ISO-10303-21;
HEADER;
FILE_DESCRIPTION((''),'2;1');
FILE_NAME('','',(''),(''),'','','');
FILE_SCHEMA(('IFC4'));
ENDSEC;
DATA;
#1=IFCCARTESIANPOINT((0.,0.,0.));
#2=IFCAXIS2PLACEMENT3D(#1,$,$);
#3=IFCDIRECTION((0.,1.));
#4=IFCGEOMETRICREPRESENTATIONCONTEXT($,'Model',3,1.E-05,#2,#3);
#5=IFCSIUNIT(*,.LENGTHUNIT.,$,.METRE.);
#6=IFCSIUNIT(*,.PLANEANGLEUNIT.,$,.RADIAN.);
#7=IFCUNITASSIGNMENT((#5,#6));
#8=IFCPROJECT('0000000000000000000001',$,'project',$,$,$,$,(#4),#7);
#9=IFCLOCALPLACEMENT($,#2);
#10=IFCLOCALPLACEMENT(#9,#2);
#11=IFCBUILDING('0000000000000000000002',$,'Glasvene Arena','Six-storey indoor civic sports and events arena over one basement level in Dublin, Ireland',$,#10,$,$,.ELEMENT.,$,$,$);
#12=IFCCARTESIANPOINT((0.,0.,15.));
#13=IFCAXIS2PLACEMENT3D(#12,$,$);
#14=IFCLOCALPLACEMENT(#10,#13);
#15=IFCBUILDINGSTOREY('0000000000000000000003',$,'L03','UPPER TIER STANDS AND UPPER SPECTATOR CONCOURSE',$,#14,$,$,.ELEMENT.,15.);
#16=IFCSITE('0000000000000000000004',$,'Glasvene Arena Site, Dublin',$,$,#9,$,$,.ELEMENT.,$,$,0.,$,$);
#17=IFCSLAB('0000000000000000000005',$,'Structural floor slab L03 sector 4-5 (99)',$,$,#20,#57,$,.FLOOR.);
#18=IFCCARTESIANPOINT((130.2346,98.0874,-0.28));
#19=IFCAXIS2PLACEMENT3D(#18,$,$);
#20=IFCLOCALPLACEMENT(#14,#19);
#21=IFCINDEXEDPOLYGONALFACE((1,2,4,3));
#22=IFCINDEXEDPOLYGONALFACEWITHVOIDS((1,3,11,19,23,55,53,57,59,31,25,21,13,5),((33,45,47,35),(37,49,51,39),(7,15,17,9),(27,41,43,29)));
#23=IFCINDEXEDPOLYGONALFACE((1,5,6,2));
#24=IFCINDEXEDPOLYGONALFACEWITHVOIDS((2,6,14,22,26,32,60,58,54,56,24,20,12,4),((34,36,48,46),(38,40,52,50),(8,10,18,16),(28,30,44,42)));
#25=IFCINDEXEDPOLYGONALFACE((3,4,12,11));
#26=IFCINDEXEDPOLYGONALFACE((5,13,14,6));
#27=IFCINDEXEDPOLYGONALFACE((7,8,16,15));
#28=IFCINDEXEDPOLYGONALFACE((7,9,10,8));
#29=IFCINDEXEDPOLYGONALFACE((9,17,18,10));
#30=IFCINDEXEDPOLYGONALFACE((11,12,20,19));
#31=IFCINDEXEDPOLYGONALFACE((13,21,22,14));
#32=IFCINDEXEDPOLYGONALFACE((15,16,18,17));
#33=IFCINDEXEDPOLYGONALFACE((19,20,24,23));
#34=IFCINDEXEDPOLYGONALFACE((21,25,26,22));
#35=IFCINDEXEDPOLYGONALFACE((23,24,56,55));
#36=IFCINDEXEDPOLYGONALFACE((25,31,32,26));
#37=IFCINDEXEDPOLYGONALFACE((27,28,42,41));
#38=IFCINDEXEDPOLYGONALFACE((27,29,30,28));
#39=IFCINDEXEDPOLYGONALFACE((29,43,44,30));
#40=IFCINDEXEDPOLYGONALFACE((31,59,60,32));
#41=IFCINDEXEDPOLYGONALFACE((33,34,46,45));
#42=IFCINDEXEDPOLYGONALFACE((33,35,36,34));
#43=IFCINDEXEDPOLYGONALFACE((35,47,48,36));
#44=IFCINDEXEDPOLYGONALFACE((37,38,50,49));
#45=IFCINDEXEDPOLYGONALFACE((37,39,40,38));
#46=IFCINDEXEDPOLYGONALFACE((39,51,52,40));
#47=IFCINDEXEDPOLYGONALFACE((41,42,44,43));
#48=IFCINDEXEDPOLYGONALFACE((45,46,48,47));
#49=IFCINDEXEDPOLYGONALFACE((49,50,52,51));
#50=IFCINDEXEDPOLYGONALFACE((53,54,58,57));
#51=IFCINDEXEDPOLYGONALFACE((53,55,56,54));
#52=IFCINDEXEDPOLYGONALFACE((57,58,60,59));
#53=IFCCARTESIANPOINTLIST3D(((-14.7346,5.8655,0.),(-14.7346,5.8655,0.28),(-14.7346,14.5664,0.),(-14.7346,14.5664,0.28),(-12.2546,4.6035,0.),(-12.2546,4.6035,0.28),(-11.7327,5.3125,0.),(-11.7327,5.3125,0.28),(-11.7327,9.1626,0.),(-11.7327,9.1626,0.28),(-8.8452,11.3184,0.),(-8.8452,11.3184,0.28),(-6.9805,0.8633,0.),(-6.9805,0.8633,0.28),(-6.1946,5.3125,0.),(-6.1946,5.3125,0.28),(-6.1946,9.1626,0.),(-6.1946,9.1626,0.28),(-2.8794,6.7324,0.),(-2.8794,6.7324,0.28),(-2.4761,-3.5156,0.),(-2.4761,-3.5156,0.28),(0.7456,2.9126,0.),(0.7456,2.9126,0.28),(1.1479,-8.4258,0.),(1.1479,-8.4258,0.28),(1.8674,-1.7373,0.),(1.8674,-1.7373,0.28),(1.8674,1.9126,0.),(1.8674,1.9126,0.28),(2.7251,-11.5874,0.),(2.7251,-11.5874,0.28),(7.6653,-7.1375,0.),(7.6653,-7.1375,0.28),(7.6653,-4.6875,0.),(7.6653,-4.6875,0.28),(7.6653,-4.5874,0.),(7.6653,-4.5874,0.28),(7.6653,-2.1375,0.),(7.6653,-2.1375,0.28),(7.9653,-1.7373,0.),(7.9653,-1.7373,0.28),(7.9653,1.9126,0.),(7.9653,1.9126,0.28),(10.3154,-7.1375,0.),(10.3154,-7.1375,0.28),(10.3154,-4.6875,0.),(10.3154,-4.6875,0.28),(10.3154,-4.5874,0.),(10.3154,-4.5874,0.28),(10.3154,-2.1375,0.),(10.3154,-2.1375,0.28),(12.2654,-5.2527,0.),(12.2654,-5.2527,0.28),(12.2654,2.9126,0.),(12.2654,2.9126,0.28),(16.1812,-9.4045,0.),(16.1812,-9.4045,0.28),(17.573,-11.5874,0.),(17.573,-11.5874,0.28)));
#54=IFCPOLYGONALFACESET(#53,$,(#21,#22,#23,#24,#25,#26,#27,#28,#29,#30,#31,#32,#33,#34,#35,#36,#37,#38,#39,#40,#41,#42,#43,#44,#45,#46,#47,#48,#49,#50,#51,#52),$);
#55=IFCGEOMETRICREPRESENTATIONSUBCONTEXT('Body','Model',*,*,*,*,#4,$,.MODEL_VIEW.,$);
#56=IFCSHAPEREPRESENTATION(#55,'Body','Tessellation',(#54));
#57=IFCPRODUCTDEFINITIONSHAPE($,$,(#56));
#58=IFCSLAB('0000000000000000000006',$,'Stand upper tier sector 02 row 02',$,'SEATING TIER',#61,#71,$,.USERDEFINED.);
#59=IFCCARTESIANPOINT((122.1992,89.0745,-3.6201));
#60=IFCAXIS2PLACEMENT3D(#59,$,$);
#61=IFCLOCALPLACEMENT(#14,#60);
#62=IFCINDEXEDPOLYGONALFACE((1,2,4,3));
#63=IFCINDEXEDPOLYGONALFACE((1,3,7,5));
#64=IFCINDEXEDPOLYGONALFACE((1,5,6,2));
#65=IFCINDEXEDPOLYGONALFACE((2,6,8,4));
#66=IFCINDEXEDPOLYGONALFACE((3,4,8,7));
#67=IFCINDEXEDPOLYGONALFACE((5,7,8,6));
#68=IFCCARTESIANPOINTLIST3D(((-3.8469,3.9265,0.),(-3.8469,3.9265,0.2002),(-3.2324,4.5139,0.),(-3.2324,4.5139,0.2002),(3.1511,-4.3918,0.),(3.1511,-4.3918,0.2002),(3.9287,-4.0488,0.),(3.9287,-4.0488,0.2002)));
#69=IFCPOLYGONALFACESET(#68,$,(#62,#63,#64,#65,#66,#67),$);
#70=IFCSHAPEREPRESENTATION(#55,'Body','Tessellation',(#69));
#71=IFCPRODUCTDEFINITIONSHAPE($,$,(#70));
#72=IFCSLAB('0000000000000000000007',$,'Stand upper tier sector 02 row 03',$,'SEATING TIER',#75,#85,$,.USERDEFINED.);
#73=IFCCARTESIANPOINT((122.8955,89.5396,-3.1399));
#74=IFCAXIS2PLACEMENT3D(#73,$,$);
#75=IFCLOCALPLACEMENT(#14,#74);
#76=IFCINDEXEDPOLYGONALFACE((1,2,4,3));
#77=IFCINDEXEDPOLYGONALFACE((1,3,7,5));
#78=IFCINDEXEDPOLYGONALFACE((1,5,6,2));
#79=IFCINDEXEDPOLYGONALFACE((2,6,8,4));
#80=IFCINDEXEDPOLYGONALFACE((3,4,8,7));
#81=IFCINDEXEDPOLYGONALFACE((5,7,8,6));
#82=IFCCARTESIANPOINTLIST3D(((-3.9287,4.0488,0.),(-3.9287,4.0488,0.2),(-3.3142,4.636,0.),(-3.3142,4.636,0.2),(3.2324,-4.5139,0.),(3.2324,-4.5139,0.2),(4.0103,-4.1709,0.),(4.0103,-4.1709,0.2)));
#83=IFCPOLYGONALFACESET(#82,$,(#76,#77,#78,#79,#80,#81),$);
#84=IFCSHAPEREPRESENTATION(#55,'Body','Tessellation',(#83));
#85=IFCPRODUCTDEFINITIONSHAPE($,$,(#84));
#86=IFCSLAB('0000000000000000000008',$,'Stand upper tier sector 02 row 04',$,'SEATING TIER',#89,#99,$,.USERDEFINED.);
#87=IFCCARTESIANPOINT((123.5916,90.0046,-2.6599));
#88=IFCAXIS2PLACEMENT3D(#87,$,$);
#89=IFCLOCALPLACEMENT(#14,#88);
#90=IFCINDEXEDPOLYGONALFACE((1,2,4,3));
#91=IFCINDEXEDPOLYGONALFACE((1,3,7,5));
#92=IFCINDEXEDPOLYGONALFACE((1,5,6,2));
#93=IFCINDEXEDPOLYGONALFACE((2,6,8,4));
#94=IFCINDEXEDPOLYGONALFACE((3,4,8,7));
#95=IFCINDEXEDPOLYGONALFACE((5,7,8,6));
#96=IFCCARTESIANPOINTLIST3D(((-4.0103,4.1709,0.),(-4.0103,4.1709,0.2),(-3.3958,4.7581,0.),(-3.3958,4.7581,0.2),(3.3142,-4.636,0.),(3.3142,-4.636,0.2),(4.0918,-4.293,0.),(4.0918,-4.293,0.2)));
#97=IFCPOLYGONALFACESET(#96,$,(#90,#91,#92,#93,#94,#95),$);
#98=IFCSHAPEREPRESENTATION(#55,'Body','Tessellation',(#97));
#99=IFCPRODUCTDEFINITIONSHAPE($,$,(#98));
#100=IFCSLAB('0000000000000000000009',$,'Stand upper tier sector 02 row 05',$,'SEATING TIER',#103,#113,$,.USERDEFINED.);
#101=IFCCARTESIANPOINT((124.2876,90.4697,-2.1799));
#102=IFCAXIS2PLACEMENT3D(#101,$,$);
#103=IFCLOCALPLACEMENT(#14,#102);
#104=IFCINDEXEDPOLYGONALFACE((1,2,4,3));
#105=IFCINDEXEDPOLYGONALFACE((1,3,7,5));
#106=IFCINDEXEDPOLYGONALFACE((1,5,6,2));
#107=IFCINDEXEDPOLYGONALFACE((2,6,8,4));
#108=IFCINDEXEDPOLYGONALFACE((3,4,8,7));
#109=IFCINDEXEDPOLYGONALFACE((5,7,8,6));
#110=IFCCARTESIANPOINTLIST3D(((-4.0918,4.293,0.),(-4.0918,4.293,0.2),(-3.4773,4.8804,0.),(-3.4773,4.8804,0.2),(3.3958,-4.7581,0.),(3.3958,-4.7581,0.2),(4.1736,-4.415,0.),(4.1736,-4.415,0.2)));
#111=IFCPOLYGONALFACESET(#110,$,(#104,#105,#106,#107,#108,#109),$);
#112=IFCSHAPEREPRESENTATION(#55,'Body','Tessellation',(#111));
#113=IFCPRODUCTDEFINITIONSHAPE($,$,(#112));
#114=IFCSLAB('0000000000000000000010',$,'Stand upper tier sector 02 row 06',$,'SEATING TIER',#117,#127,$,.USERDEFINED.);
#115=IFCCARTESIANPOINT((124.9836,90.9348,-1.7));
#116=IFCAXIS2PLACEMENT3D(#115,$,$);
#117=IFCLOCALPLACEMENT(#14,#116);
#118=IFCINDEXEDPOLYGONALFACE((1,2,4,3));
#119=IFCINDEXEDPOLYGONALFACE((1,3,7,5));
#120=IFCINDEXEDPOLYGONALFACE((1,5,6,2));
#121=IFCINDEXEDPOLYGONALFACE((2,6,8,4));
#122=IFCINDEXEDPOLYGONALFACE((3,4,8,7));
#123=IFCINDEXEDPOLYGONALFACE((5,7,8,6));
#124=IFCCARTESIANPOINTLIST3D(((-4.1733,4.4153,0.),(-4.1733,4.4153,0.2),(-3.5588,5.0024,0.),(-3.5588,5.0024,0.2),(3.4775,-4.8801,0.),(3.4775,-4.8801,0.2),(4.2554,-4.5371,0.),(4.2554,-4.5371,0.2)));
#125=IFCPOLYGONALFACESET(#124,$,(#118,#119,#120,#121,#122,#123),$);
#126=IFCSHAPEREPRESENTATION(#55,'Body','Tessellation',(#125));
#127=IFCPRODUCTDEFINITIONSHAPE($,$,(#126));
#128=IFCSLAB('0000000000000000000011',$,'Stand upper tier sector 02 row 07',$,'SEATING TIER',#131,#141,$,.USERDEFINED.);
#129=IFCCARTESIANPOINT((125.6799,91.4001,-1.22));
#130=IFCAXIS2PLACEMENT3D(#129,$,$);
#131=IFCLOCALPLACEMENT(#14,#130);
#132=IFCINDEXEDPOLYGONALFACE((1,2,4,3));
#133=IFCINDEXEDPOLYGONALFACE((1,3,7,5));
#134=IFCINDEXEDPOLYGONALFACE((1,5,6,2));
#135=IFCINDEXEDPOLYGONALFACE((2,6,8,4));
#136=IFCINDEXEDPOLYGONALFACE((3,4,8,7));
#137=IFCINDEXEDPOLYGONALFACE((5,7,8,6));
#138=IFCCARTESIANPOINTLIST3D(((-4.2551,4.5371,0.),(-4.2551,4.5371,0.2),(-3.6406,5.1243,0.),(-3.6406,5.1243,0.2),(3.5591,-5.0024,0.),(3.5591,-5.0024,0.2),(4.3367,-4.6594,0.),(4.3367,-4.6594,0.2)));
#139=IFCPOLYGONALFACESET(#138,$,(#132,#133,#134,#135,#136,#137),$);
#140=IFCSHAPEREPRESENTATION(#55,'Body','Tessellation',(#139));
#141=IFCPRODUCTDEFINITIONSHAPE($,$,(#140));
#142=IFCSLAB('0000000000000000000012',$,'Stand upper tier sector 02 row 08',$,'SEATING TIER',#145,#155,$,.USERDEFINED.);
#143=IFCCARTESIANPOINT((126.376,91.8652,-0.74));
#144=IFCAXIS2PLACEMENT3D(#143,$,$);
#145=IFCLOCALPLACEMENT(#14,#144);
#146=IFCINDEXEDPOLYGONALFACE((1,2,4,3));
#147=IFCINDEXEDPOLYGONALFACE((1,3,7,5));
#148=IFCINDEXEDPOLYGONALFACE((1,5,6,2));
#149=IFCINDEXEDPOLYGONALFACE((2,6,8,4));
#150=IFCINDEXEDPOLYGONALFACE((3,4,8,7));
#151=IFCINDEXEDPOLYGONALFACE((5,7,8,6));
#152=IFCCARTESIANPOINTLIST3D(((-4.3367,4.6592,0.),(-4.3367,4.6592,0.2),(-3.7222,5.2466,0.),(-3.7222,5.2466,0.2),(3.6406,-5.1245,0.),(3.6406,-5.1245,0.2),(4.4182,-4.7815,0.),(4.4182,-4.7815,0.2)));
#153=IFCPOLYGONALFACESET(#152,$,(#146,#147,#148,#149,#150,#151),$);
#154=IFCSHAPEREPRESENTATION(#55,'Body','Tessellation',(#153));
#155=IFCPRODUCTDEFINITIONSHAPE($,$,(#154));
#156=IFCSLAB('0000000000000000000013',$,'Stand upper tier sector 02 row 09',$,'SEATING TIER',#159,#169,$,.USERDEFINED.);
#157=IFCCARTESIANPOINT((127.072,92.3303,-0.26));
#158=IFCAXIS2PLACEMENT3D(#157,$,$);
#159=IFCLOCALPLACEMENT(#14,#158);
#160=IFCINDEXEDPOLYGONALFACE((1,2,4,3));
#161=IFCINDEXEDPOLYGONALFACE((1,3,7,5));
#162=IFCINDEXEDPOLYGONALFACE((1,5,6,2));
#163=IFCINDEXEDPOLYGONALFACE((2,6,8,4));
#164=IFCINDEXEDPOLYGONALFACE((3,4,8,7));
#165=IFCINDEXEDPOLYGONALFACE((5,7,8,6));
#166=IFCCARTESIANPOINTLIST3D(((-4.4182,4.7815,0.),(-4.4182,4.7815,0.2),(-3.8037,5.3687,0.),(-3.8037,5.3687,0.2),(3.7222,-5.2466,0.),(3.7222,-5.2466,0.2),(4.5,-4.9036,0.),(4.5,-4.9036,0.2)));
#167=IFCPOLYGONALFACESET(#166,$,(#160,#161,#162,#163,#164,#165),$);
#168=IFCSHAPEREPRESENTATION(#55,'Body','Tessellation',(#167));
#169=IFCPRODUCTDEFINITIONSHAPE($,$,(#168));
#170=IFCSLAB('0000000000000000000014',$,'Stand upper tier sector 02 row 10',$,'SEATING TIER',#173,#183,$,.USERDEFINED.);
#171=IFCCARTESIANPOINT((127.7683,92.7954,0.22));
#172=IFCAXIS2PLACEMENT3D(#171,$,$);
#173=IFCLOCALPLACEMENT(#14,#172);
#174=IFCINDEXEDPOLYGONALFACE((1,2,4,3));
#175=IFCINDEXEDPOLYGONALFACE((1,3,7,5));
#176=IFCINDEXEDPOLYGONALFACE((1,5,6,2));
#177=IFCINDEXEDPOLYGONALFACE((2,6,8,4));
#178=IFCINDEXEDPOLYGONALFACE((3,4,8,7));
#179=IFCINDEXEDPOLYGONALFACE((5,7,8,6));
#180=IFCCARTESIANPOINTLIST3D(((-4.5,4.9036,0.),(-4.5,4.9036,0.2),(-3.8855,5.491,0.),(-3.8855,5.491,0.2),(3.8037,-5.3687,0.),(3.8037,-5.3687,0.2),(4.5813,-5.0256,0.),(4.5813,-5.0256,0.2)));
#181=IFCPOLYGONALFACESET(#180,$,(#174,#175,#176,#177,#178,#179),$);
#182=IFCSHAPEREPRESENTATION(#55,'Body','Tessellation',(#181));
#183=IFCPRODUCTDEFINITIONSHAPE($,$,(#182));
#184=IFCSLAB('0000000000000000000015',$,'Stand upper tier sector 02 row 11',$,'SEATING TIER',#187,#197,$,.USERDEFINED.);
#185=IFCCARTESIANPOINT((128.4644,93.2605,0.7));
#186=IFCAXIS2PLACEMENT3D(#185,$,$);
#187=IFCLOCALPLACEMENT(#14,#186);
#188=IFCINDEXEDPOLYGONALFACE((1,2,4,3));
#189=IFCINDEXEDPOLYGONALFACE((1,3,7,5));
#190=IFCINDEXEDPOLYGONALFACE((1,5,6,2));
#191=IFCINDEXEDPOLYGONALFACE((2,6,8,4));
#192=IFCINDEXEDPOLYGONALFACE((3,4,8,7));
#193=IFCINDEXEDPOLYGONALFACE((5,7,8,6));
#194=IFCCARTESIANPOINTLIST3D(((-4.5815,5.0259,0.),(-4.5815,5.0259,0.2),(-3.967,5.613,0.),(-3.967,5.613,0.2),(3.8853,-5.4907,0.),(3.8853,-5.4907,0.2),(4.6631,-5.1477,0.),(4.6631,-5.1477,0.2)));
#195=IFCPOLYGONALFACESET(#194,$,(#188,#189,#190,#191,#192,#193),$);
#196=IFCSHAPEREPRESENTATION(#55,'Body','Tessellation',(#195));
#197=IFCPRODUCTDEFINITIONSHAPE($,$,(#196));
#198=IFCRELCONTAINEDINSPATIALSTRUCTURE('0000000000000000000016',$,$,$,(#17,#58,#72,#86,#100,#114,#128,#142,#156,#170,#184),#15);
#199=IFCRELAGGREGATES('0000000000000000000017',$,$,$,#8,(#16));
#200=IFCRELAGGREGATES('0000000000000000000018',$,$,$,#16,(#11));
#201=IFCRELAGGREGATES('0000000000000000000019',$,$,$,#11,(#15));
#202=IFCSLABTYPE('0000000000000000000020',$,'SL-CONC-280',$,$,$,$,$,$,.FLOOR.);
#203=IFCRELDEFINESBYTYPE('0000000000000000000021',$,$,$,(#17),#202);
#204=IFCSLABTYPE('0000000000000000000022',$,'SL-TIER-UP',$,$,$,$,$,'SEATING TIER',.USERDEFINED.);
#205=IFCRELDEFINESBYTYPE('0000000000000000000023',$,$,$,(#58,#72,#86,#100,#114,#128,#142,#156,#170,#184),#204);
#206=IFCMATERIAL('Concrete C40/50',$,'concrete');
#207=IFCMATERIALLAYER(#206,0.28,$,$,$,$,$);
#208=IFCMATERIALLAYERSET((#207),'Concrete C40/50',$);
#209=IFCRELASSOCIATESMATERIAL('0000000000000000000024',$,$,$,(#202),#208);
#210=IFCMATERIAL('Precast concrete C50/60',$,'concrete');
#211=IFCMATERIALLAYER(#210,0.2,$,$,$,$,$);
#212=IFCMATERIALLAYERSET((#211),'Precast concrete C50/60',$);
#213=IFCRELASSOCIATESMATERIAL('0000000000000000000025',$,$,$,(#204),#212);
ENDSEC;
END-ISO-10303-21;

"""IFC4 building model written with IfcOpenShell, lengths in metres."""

from ifc_helpers import new_model, si_unit, direction, frame, origin, place, context, subcontext, project, spatial, polyline, outline, extrude, material, layer, layer_set, type_object, element, save


model = new_model("IFC4")

# Units and contexts
model_context = context("Model", 3, precision=1e-05, world=origin(), true_north=direction((0.0, 1.0)))
body_context = subcontext(model_context, "Body", "Model", "MODEL_VIEW")
ifc_project = project(units=[si_unit("LENGTHUNIT", "METRE"), si_unit("PLANEANGLEUNIT", "RADIAN")], contexts=[model_context])

# Site, building, storey
site_placement = place(None, origin())
site = spatial("IfcSite", under=ifc_project, at=site_placement, Name="Glasvene Arena Site, Dublin", CompositionType="ELEMENT", RefElevation=0.0)
building_placement = place(site_placement, origin())
building = spatial("IfcBuilding", under=site, at=building_placement, Name="Glasvene Arena", Description="Six-storey indoor civic sports and events arena over one basement level in Dublin, Ireland", CompositionType="ELEMENT")
storey_placement = place(building_placement, frame((0.0, 0.0, 15.0)))
storey = spatial("IfcBuildingStorey", under=building, at=storey_placement, Name="L03", Description="UPPER TIER STANDS AND UPPER SPECTATOR CONCOURSE", CompositionType="ELEMENT", Elevation=15.0)

# Shared definitions
ifc_material_1 = material(Name="Precast concrete C50/60", Category="concrete")

# Slabs
ifc_material_2 = material(Name="Concrete C40/50", Category="concrete")
ifc_layer_1 = layer(ifc_material_2, 0.28)
ifc_layer_set_1 = layer_set([ifc_layer_1], Name="Concrete C40/50")
slab_type_1 = type_object("IfcSlabType", Name="SL-CONC-280", PredefinedType="FLOOR", material=ifc_layer_set_1)
slab_1_placement = place(storey_placement, frame((130.2346, 98.0874, -0.28)))
element("IfcSlab", 1, at=slab_1_placement, inside=storey, type_object=slab_type_1, Name="Structural floor slab L03 sector 4-5 (99)", PredefinedType="FLOOR", context=body_context, shape_type="SweptSolid", body=[
    extrude(outline(polyline([(2.7251, -11.5874), (1.1479, -8.4258), (-2.4761, -3.5156), (-6.9805, 0.8633), (-12.2546, 4.6035), (-14.7346, 5.8655), (-14.7346, 14.5664), (-8.8452, 11.3184), (-2.8794, 6.7324), (0.7456, 2.9126), (12.2654, 2.9126), (12.2654, -5.2527), (16.1812, -9.4045), (17.573, -11.5874), (2.7251, -11.5874)]), holes=[polyline([(10.3154, -7.1375), (10.3154, -4.6875), (7.6653, -4.6875), (7.6653, -7.1375), (10.3154, -7.1375)]), polyline([(10.3154, -4.5874), (10.3154, -2.1375), (7.6653, -2.1375), (7.6653, -4.5874), (10.3154, -4.5874)]), polyline([(7.9653, -1.7373), (7.9653, 1.9126), (1.8674, 1.9126), (1.8674, -1.7373), (7.9653, -1.7373)]), polyline([(-6.1946, 5.3125), (-6.1946, 9.1626), (-11.7327, 9.1626), (-11.7327, 5.3125), (-6.1946, 5.3125)])]), origin(), (0.0, 0.0, 1.0), 0.28),
])
ifc_layer_2 = layer(ifc_material_1, 0.2)
ifc_layer_set_2 = layer_set([ifc_layer_2], Name="Precast concrete C50/60")
slab_type_2 = type_object("IfcSlabType", Name="SL-TIER-UP", ElementType="SEATING TIER", PredefinedType="USERDEFINED", material=ifc_layer_set_2)
slab_2_placement = place(storey_placement, frame((122.1992, 89.0745, -3.6201)))
element("IfcSlab", 2, at=slab_2_placement, inside=storey, type_object=slab_type_2, Name="Stand upper tier sector 02 row 02", ObjectType="SEATING TIER", PredefinedType="USERDEFINED", context=body_context, shape_type="SweptSolid", body=[
    extrude(outline(polyline([(3.1511, -4.3918), (-3.8469, 3.9265), (-3.2324, 4.5139), (3.9287, -4.0488), (3.1511, -4.3918)])), origin(), (0.0, 0.0, 1.0), 0.2002),
])
slab_3_placement = place(storey_placement, frame((122.8955, 89.5396, -3.1399)))
element("IfcSlab", 3, at=slab_3_placement, inside=storey, type_object=slab_type_2, Name="Stand upper tier sector 02 row 03", ObjectType="SEATING TIER", PredefinedType="USERDEFINED", context=body_context, shape_type="SweptSolid", body=[
    extrude(outline(polyline([(3.2324, -4.5139), (-3.9287, 4.0488), (-3.3142, 4.636), (4.0103, -4.1709), (3.2324, -4.5139)])), origin(), (0.0, 0.0, 1.0), 0.2),
])
slab_4_placement = place(storey_placement, frame((123.5916, 90.0046, -2.6599)))
element("IfcSlab", 4, at=slab_4_placement, inside=storey, type_object=slab_type_2, Name="Stand upper tier sector 02 row 04", ObjectType="SEATING TIER", PredefinedType="USERDEFINED", context=body_context, shape_type="SweptSolid", body=[
    extrude(outline(polyline([(3.3142, -4.636), (-4.0103, 4.1709), (-3.3958, 4.7581), (4.0918, -4.293), (3.3142, -4.636)])), origin(), (0.0, 0.0, 1.0), 0.2),
])
slab_5_placement = place(storey_placement, frame((124.2876, 90.4697, -2.1799)))
element("IfcSlab", 5, at=slab_5_placement, inside=storey, type_object=slab_type_2, Name="Stand upper tier sector 02 row 05", ObjectType="SEATING TIER", PredefinedType="USERDEFINED", context=body_context, shape_type="SweptSolid", body=[
    extrude(outline(polyline([(3.3958, -4.7581), (-4.0918, 4.293), (-3.4773, 4.8804), (4.1736, -4.415), (3.3958, -4.7581)])), origin(), (0.0, 0.0, 1.0), 0.2),
])
slab_6_placement = place(storey_placement, frame((124.9836, 90.9348, -1.7)))
element("IfcSlab", 6, at=slab_6_placement, inside=storey, type_object=slab_type_2, Name="Stand upper tier sector 02 row 06", ObjectType="SEATING TIER", PredefinedType="USERDEFINED", context=body_context, shape_type="SweptSolid", body=[
    extrude(outline(polyline([(3.4775, -4.8801), (-4.1733, 4.4153), (-3.5588, 5.0024), (4.2554, -4.5371), (3.4775, -4.8801)])), origin(), (0.0, 0.0, 1.0), 0.2),
])
slab_7_placement = place(storey_placement, frame((125.6799, 91.4001, -1.22)))
element("IfcSlab", 7, at=slab_7_placement, inside=storey, type_object=slab_type_2, Name="Stand upper tier sector 02 row 07", ObjectType="SEATING TIER", PredefinedType="USERDEFINED", context=body_context, shape_type="SweptSolid", body=[
    extrude(outline(polyline([(3.5591, -5.0024), (-4.2551, 4.5371), (-3.6406, 5.1243), (4.3367, -4.6594), (3.5591, -5.0024)])), origin(), (0.0, 0.0, 1.0), 0.2),
])
slab_8_placement = place(storey_placement, frame((126.376, 91.8652, -0.74)))
element("IfcSlab", 8, at=slab_8_placement, inside=storey, type_object=slab_type_2, Name="Stand upper tier sector 02 row 08", ObjectType="SEATING TIER", PredefinedType="USERDEFINED", context=body_context, shape_type="SweptSolid", body=[
    extrude(outline(polyline([(3.6406, -5.1245), (-4.3367, 4.6592), (-3.7222, 5.2466), (4.4182, -4.7815), (3.6406, -5.1245)])), origin(), (0.0, 0.0, 1.0), 0.2),
])
slab_9_placement = place(storey_placement, frame((127.072, 92.3303, -0.26)))
element("IfcSlab", 9, at=slab_9_placement, inside=storey, type_object=slab_type_2, Name="Stand upper tier sector 02 row 09", ObjectType="SEATING TIER", PredefinedType="USERDEFINED", context=body_context, shape_type="SweptSolid", body=[
    extrude(outline(polyline([(3.7222, -5.2466), (-4.4182, 4.7815), (-3.8037, 5.3687), (4.5, -4.9036), (3.7222, -5.2466)])), origin(), (0.0, 0.0, 1.0), 0.2),
])
slab_10_placement = place(storey_placement, frame((127.7683, 92.7954, 0.22)))
element("IfcSlab", 10, at=slab_10_placement, inside=storey, type_object=slab_type_2, Name="Stand upper tier sector 02 row 10", ObjectType="SEATING TIER", PredefinedType="USERDEFINED", context=body_context, shape_type="SweptSolid", body=[
    extrude(outline(polyline([(3.8037, -5.3687), (-4.5, 4.9036), (-3.8855, 5.491), (4.5813, -5.0256), (3.8037, -5.3687)])), origin(), (0.0, 0.0, 1.0), 0.2),
])
slab_11_placement = place(storey_placement, frame((128.4644, 93.2605, 0.7)))
element("IfcSlab", 11, at=slab_11_placement, inside=storey, type_object=slab_type_2, Name="Stand upper tier sector 02 row 11", ObjectType="SEATING TIER", PredefinedType="USERDEFINED", context=body_context, shape_type="SweptSolid", body=[
    extrude(outline(polyline([(3.8853, -5.4907), (-4.5815, 5.0259), (-3.967, 5.613), (4.6631, -5.1477), (3.8853, -5.4907)])), origin(), (0.0, 0.0, 1.0), 0.2),
])

save(model, "model.ifc")
